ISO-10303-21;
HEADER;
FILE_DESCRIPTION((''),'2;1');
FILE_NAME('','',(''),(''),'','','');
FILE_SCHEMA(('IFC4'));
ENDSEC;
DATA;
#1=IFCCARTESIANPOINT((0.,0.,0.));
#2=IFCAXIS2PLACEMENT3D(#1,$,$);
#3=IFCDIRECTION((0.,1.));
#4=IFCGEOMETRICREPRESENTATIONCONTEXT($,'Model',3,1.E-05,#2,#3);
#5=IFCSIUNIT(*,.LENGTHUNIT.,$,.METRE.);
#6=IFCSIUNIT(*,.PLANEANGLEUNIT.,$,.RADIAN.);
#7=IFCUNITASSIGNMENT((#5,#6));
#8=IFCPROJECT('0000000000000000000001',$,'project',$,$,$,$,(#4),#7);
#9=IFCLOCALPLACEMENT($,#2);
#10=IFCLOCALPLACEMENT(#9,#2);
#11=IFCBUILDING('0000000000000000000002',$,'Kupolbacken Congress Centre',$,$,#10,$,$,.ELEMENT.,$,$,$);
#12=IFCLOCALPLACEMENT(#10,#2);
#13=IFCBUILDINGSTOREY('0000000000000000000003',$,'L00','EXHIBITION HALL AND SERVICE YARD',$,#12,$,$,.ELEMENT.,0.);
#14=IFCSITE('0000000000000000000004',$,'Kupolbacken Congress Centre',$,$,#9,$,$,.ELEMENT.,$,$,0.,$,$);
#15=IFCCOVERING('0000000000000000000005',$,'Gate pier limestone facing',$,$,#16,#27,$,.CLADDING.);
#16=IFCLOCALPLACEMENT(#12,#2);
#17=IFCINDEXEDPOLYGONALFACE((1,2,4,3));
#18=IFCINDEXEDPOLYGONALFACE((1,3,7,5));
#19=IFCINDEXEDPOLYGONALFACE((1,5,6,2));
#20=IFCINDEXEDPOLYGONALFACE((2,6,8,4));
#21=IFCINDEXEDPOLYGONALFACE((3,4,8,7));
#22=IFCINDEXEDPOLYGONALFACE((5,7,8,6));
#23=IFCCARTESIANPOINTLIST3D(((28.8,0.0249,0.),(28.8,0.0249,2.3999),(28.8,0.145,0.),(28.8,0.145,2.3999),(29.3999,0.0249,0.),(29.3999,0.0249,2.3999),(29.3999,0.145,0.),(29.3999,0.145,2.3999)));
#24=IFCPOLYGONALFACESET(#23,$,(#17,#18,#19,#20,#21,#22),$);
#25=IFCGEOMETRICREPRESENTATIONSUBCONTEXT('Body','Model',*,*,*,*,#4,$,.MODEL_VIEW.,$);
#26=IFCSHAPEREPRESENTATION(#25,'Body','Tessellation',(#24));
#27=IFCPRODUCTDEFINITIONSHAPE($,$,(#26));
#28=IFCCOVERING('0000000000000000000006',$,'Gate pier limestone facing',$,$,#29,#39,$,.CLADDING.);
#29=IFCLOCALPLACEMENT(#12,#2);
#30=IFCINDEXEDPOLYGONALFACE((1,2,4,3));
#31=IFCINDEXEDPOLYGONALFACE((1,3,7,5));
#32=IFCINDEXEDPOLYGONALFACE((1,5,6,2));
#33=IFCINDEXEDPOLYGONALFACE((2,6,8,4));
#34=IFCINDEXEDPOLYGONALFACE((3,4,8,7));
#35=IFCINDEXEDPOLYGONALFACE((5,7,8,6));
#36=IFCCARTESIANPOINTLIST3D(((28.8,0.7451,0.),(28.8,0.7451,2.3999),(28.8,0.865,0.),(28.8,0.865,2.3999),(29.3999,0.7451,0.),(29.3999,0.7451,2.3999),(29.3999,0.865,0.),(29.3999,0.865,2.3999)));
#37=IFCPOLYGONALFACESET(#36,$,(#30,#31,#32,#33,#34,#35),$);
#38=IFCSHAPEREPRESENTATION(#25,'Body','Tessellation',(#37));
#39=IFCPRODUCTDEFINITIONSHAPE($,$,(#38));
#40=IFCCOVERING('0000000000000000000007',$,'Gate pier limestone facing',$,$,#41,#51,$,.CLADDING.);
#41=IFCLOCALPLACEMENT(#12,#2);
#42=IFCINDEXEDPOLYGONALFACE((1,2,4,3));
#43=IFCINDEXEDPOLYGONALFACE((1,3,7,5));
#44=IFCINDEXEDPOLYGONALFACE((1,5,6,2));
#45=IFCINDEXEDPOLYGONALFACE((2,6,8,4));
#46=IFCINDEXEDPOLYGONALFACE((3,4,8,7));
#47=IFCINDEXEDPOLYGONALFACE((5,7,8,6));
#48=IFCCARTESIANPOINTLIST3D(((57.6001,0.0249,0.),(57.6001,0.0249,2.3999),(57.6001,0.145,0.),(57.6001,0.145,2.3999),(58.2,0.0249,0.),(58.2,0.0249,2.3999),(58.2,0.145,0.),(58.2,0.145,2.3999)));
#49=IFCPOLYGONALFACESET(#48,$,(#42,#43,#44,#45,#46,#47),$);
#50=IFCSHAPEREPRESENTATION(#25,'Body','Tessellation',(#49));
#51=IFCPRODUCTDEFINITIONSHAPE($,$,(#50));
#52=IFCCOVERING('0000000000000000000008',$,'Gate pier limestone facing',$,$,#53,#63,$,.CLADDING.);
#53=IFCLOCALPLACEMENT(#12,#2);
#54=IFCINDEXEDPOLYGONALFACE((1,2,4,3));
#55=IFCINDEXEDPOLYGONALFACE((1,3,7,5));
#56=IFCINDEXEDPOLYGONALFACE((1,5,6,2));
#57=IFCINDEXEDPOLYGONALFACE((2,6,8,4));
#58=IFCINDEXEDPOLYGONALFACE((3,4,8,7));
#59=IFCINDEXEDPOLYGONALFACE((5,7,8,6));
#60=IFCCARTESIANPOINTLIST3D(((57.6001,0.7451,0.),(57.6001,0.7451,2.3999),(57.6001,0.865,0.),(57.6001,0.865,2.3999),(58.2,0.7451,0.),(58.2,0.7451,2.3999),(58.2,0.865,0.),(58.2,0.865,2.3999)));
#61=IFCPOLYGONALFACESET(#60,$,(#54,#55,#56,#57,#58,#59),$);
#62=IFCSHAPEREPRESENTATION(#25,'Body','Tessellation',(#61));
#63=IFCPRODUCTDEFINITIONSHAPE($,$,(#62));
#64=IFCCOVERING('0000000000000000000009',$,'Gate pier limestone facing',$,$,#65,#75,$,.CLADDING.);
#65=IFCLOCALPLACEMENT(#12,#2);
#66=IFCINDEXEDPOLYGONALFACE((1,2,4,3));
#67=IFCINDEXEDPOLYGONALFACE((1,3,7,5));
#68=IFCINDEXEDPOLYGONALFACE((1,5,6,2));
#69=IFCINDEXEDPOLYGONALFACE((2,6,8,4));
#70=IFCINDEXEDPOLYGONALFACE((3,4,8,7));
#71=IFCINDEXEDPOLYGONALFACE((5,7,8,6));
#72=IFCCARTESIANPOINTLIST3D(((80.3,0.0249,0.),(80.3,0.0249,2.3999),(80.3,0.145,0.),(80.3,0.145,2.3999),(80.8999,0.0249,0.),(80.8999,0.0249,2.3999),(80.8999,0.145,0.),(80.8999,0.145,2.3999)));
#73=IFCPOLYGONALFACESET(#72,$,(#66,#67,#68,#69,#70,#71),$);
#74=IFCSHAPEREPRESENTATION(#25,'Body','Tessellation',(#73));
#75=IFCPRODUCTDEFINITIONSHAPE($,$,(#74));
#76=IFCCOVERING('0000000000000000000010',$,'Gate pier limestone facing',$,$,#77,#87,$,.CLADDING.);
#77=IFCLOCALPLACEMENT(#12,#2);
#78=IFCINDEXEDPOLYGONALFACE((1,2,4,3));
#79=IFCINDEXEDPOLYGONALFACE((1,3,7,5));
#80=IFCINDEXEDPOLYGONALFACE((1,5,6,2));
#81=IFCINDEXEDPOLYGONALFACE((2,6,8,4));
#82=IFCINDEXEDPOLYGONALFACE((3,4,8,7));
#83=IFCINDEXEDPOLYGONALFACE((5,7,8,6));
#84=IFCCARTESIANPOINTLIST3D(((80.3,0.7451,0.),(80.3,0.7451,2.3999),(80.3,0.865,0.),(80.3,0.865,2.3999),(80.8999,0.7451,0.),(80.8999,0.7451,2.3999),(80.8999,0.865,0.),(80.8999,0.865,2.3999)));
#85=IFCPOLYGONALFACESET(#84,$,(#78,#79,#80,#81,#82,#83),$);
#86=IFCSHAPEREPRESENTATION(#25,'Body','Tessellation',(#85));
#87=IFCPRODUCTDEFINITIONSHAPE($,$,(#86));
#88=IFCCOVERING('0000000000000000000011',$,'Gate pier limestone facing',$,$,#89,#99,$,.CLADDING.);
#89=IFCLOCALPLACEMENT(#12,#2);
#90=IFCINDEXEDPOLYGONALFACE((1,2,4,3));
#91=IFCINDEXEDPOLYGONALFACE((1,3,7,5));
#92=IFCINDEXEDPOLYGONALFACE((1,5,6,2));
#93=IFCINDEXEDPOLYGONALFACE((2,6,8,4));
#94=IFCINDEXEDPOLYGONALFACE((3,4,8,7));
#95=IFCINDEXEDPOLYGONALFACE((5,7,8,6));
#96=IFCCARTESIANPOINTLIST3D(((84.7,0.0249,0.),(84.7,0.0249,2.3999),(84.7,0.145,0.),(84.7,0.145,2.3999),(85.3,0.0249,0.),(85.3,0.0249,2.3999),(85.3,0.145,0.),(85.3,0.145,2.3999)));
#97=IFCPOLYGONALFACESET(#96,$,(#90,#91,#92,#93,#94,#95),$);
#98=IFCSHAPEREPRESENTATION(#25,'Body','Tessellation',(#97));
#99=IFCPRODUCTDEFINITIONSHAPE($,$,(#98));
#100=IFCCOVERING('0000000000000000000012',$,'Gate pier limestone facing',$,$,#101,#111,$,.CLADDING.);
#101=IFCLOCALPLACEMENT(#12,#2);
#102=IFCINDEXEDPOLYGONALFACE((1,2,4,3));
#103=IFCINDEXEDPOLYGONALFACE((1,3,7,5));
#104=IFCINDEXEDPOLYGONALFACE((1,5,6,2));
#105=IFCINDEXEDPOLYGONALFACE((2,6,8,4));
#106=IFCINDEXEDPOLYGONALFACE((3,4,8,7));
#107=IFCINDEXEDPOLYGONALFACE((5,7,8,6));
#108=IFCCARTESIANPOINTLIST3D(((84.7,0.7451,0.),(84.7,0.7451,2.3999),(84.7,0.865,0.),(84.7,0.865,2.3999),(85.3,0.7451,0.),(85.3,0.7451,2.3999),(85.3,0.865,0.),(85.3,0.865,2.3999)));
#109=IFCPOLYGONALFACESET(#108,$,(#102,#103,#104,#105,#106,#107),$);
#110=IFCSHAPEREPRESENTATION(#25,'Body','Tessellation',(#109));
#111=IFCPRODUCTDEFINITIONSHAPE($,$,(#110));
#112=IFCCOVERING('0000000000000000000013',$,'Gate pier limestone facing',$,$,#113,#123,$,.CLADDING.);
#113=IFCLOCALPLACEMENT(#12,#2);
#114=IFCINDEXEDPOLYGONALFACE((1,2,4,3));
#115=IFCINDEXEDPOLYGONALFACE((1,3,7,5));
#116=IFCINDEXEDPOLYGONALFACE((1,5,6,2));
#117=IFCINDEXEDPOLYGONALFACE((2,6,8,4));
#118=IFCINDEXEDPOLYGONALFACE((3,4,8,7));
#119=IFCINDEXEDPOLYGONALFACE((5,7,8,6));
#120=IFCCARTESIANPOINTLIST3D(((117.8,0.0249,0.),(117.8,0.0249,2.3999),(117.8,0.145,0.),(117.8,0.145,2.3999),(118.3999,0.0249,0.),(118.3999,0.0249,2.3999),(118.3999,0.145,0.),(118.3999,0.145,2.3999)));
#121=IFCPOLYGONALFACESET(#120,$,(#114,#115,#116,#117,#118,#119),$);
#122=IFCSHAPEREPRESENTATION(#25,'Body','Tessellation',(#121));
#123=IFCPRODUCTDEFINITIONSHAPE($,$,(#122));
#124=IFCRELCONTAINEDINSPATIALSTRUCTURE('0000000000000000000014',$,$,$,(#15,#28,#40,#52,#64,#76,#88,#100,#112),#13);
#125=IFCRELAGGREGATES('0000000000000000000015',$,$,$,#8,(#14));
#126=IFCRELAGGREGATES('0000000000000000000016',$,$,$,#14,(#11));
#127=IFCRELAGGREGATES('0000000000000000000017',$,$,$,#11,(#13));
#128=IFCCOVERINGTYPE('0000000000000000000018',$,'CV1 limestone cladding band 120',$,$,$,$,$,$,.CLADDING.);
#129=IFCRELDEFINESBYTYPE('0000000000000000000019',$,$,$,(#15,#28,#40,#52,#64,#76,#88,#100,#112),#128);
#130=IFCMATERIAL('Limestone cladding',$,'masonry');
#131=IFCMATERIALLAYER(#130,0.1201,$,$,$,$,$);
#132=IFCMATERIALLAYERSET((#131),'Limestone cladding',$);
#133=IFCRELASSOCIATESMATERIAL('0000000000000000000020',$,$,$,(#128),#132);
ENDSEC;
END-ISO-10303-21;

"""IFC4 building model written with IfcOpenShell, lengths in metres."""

from ifc_helpers import new_model, si_unit, direction, origin, place, context, subcontext, project, spatial, polyline, outline, extrude, material, layer, layer_set, type_object, element, save


model = new_model("IFC4")

# Units and contexts
model_context = context("Model", 3, precision=1e-05, world=origin(), true_north=direction((0.0, 1.0)))
body_context = subcontext(model_context, "Body", "Model", "MODEL_VIEW")
ifc_project = project(units=[si_unit("LENGTHUNIT", "METRE"), si_unit("PLANEANGLEUNIT", "RADIAN")], contexts=[model_context])

# Site, building, storey
site_placement = place(None, origin())
site = spatial("IfcSite", under=ifc_project, at=site_placement, Name="Kupolbacken Congress Centre", CompositionType="ELEMENT", RefElevation=0.0)
building_placement = place(site_placement, origin())
building = spatial("IfcBuilding", under=site, at=building_placement, Name="Kupolbacken Congress Centre", CompositionType="ELEMENT")
storey_placement = place(building_placement, origin())
storey = spatial("IfcBuildingStorey", under=building, at=storey_placement, Name="L00", Description="EXHIBITION HALL AND SERVICE YARD", CompositionType="ELEMENT", Elevation=0.0)

# Coverings
ifc_material_1 = material(Name="Limestone cladding", Category="masonry")
ifc_layer_1 = layer(ifc_material_1, 0.1201)
ifc_layer_set_1 = layer_set([ifc_layer_1], Name="Limestone cladding")
covering_type_1 = type_object("IfcCoveringType", Name="CV1 limestone cladding band 120", PredefinedType="CLADDING", material=ifc_layer_set_1)
covering_1_placement = place(storey_placement, origin())
element("IfcCovering", 1, at=covering_1_placement, inside=storey, type_object=covering_type_1, Name="Gate pier limestone facing", PredefinedType="CLADDING", context=body_context, shape_type="SweptSolid", body=[
    extrude(outline(polyline([(28.8, 0.0249), (28.8, 0.145), (29.3999, 0.145), (29.3999, 0.0249), (28.8, 0.0249)])), origin(), (0.0, 0.0, 1.0), 2.3999),
])
covering_2_placement = place(storey_placement, origin())
element("IfcCovering", 2, at=covering_2_placement, inside=storey, type_object=covering_type_1, Name="Gate pier limestone facing", PredefinedType="CLADDING", context=body_context, shape_type="SweptSolid", body=[
    extrude(outline(polyline([(28.8, 0.7451), (28.8, 0.865), (29.3999, 0.865), (29.3999, 0.7451), (28.8, 0.7451)])), origin(), (0.0, 0.0, 1.0), 2.3999),
])
covering_3_placement = place(storey_placement, origin())
element("IfcCovering", 3, at=covering_3_placement, inside=storey, type_object=covering_type_1, Name="Gate pier limestone facing", PredefinedType="CLADDING", context=body_context, shape_type="SweptSolid", body=[
    extrude(outline(polyline([(57.6001, 0.0249), (57.6001, 0.145), (58.2, 0.145), (58.2, 0.0249), (57.6001, 0.0249)])), origin(), (0.0, 0.0, 1.0), 2.3999),
])
covering_4_placement = place(storey_placement, origin())
element("IfcCovering", 4, at=covering_4_placement, inside=storey, type_object=covering_type_1, Name="Gate pier limestone facing", PredefinedType="CLADDING", context=body_context, shape_type="SweptSolid", body=[
    extrude(outline(polyline([(57.6001, 0.7451), (57.6001, 0.865), (58.2, 0.865), (58.2, 0.7451), (57.6001, 0.7451)])), origin(), (0.0, 0.0, 1.0), 2.3999),
])
covering_5_placement = place(storey_placement, origin())
element("IfcCovering", 5, at=covering_5_placement, inside=storey, type_object=covering_type_1, Name="Gate pier limestone facing", PredefinedType="CLADDING", context=body_context, shape_type="SweptSolid", body=[
    extrude(outline(polyline([(80.3, 0.0249), (80.3, 0.145), (80.8999, 0.145), (80.8999, 0.0249), (80.3, 0.0249)])), origin(), (0.0, 0.0, 1.0), 2.3999),
])
covering_6_placement = place(storey_placement, origin())
element("IfcCovering", 6, at=covering_6_placement, inside=storey, type_object=covering_type_1, Name="Gate pier limestone facing", PredefinedType="CLADDING", context=body_context, shape_type="SweptSolid", body=[
    extrude(outline(polyline([(80.3, 0.7451), (80.3, 0.865), (80.8999, 0.865), (80.8999, 0.7451), (80.3, 0.7451)])), origin(), (0.0, 0.0, 1.0), 2.3999),
])
covering_7_placement = place(storey_placement, origin())
element("IfcCovering", 7, at=covering_7_placement, inside=storey, type_object=covering_type_1, Name="Gate pier limestone facing", PredefinedType="CLADDING", context=body_context, shape_type="SweptSolid", body=[
    extrude(outline(polyline([(84.7, 0.0249), (84.7, 0.145), (85.3, 0.145), (85.3, 0.0249), (84.7, 0.0249)])), origin(), (0.0, 0.0, 1.0), 2.3999),
])
covering_8_placement = place(storey_placement, origin())
element("IfcCovering", 8, at=covering_8_placement, inside=storey, type_object=covering_type_1, Name="Gate pier limestone facing", PredefinedType="CLADDING", context=body_context, shape_type="SweptSolid", body=[
    extrude(outline(polyline([(84.7, 0.7451), (84.7, 0.865), (85.3, 0.865), (85.3, 0.7451), (84.7, 0.7451)])), origin(), (0.0, 0.0, 1.0), 2.3999),
])
covering_9_placement = place(storey_placement, origin())
element("IfcCovering", 9, at=covering_9_placement, inside=storey, type_object=covering_type_1, Name="Gate pier limestone facing", PredefinedType="CLADDING", context=body_context, shape_type="SweptSolid", body=[
    extrude(outline(polyline([(117.8, 0.0249), (117.8, 0.145), (118.3999, 0.145), (118.3999, 0.0249), (117.8, 0.0249)])), origin(), (0.0, 0.0, 1.0), 2.3999),
])

save(model, "model.ifc")
